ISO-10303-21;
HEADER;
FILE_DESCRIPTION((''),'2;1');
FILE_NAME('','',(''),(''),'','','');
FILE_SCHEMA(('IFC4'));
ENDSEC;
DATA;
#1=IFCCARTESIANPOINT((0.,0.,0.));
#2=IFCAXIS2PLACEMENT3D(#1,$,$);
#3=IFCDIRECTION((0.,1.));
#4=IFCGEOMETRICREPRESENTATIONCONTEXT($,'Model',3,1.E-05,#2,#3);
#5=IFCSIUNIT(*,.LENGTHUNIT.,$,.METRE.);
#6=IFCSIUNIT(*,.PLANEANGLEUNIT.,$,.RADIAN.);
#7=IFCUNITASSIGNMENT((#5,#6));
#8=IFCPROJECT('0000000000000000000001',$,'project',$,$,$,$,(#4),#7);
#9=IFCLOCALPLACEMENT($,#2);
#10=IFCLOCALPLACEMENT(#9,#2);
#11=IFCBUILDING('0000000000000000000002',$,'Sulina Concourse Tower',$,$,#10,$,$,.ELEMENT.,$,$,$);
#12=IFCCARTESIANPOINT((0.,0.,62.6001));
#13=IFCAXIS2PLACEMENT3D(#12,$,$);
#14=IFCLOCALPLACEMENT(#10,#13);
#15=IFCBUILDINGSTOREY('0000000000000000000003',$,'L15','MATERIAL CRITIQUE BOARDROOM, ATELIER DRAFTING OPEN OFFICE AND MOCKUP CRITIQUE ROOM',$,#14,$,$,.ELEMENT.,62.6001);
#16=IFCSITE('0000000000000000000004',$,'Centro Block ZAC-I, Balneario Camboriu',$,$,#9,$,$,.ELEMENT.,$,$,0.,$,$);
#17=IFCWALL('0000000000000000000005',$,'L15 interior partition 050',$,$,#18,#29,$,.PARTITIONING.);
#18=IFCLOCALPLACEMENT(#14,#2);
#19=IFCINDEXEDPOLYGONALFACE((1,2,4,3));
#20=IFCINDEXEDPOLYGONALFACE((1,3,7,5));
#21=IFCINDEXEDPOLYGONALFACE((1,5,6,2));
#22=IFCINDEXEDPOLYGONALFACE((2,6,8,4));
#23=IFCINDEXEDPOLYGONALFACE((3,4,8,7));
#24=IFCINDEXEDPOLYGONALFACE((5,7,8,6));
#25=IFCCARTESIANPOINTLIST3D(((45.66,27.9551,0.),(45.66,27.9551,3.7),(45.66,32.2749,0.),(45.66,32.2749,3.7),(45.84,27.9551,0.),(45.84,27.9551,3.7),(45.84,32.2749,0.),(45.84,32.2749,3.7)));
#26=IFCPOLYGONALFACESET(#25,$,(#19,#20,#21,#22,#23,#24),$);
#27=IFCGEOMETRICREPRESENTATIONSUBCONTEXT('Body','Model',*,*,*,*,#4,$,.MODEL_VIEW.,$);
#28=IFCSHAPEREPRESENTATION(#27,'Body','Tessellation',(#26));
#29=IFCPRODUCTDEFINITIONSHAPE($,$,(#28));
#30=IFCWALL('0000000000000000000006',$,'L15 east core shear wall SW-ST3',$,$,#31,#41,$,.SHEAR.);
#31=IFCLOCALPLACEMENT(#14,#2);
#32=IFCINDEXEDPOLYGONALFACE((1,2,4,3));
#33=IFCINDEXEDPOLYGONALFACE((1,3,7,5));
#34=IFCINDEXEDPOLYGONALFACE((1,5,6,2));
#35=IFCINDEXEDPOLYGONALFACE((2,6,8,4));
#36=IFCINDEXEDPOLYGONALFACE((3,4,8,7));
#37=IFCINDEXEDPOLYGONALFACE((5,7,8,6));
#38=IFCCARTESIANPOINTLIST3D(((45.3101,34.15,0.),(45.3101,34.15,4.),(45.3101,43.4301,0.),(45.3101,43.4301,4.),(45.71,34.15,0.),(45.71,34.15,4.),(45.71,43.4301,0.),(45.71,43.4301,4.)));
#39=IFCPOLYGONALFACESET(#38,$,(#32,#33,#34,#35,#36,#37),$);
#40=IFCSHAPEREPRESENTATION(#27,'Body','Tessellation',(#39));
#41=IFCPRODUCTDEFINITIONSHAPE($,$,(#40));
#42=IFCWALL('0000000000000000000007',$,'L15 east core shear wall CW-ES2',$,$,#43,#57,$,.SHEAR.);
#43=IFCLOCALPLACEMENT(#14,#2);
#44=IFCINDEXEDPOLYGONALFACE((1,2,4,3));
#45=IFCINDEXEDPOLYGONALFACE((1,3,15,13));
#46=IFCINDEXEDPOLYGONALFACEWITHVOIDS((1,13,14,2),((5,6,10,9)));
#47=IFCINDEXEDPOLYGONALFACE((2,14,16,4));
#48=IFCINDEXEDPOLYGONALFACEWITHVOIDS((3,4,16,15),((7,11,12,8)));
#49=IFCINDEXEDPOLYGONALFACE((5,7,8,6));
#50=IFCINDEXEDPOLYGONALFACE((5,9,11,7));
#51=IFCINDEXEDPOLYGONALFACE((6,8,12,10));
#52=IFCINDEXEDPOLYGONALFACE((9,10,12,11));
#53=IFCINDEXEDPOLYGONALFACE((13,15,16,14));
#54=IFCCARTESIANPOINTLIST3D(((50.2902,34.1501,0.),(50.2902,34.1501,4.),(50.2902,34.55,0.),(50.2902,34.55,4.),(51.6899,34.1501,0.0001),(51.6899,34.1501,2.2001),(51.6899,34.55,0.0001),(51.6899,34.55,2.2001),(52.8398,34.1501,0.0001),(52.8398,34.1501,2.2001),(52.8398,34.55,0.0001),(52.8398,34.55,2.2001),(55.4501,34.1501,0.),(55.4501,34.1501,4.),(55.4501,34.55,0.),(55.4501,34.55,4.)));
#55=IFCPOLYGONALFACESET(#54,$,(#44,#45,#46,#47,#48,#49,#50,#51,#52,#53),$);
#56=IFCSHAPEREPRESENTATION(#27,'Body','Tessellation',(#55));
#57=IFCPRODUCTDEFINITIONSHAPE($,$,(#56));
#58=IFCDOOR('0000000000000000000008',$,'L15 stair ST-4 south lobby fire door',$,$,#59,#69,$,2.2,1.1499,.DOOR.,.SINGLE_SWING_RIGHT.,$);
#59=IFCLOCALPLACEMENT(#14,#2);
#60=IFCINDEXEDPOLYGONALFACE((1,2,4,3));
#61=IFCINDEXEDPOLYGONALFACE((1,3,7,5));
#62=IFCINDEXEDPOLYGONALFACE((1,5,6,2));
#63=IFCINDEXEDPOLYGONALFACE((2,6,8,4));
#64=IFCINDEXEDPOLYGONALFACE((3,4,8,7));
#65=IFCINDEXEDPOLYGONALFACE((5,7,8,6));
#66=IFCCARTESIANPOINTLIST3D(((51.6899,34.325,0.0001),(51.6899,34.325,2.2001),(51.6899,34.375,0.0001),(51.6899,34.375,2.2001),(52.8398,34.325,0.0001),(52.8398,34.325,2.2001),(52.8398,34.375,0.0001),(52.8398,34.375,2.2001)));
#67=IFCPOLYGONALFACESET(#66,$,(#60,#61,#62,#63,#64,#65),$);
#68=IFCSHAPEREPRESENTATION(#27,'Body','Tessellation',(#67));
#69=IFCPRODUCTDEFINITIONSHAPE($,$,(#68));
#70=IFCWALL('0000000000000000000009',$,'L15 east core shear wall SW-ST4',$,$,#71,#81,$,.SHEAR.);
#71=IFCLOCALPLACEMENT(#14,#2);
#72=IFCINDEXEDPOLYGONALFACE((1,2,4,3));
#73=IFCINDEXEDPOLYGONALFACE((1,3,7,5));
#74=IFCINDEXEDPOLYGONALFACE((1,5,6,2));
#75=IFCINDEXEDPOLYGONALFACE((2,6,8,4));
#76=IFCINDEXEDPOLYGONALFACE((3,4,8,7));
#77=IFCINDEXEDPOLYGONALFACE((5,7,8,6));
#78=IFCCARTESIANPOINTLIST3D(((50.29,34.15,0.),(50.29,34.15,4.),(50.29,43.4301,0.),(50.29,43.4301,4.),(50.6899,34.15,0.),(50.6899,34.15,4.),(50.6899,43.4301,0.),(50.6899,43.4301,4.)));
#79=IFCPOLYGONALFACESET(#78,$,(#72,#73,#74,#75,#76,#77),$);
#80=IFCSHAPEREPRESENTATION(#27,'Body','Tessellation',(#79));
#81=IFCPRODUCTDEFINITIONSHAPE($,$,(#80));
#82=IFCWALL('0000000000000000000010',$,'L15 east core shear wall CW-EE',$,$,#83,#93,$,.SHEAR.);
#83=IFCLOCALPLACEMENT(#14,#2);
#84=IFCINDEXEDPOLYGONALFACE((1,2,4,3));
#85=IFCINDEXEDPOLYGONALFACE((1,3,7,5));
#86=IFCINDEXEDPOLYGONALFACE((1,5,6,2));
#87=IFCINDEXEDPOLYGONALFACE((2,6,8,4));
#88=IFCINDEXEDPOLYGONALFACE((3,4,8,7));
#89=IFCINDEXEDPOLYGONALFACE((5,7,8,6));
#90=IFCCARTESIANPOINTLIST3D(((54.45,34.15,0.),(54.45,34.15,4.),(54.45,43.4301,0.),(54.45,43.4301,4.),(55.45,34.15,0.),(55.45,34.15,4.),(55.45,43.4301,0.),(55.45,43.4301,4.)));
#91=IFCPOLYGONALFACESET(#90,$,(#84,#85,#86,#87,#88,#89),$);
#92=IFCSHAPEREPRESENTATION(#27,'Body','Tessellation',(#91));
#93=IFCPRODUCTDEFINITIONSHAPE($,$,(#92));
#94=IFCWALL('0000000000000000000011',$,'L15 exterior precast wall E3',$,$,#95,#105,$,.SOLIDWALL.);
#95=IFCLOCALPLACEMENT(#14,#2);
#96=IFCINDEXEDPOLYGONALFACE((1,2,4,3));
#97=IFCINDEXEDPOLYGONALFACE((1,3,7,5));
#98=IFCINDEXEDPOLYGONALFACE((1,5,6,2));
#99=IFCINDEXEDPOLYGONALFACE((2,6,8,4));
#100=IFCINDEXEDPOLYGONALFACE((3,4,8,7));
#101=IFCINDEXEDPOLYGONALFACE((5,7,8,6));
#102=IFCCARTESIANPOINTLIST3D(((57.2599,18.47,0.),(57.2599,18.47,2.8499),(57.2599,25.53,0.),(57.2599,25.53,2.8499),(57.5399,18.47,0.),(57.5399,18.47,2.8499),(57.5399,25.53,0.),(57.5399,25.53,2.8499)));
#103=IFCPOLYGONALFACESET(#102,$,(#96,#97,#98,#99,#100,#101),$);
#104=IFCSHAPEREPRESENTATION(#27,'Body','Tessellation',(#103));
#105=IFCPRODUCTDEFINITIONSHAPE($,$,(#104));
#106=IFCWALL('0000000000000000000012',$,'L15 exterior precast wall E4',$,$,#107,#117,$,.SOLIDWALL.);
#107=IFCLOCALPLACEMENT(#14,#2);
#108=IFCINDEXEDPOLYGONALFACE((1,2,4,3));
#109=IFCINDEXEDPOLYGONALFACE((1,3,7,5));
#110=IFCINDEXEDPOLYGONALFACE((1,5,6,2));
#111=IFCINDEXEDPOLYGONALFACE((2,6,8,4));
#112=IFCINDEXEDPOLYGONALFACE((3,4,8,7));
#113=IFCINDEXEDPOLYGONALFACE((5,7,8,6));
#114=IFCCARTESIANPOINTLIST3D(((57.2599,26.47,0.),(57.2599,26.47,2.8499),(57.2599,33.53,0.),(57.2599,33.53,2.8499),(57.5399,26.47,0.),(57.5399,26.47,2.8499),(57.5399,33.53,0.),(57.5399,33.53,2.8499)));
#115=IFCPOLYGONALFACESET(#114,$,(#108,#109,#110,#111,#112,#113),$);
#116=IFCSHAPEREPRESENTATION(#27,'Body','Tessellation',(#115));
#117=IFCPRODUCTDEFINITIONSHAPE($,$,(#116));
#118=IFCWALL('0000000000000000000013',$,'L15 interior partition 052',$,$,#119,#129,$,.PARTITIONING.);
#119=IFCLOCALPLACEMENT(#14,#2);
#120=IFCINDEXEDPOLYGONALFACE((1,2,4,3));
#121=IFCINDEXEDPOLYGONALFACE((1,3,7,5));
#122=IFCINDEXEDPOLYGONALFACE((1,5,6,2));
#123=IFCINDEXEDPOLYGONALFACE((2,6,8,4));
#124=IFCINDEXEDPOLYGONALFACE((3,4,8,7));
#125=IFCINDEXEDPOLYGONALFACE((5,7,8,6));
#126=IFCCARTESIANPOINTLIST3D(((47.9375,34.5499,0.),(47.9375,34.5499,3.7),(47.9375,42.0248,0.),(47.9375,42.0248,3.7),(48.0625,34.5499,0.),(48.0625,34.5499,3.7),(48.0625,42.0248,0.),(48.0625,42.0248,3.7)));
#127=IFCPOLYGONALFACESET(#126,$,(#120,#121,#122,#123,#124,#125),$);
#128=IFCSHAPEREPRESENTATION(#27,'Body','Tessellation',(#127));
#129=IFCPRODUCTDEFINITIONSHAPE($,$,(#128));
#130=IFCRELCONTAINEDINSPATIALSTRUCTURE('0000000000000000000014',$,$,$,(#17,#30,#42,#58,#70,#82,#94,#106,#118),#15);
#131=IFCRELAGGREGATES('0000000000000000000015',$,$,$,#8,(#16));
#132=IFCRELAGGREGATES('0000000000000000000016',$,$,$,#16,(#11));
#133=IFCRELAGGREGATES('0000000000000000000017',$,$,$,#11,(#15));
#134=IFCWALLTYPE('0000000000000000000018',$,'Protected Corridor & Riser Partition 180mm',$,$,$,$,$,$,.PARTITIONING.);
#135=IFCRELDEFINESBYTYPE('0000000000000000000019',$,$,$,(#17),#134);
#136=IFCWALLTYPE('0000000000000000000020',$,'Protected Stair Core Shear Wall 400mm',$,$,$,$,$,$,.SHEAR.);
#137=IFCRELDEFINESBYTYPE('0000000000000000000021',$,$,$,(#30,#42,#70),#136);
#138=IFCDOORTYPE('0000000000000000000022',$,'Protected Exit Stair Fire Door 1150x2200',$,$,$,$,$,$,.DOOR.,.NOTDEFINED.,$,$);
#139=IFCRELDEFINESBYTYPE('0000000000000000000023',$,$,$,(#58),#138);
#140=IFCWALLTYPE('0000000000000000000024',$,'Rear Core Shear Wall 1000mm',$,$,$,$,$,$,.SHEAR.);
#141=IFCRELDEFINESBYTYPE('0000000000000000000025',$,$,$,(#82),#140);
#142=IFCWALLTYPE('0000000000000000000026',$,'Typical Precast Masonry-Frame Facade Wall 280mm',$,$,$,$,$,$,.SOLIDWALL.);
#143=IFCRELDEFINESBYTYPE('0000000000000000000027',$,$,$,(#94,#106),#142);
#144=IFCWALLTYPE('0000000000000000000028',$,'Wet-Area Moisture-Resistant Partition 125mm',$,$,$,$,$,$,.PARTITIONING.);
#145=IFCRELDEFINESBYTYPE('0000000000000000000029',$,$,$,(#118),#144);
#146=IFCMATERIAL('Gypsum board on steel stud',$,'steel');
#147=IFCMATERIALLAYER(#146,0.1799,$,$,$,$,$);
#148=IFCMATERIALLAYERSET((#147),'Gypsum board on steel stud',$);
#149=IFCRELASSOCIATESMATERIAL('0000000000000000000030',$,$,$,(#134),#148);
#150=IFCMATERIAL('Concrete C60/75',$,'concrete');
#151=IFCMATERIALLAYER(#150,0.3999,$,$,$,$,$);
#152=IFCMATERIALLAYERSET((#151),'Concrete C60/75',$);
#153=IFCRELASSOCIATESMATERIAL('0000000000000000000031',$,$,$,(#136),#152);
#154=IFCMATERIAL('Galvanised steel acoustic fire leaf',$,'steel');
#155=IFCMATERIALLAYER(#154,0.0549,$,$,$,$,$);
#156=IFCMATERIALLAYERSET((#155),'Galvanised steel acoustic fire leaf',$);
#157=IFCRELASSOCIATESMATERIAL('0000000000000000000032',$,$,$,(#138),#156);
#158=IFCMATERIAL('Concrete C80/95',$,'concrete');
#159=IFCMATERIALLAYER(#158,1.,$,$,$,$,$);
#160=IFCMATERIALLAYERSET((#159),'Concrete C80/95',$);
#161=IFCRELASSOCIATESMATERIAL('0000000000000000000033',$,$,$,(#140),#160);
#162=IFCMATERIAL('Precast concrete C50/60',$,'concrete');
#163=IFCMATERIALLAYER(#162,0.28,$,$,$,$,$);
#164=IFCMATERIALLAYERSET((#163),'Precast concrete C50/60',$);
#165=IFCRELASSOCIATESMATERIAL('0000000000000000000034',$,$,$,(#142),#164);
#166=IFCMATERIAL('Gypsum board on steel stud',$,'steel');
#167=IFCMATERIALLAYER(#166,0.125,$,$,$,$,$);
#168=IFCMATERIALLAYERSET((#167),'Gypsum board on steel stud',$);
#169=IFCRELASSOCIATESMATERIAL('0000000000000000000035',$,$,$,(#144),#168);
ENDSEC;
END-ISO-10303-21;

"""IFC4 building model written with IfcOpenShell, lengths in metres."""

from ifc_helpers import new_model, si_unit, direction, frame, frame_2d, origin, place, context, subcontext, project, spatial, rectangle, extrude, material, layer, layer_set, type_object, element, fill, save


model = new_model("IFC4")

# Units and contexts
model_context = context("Model", 3, precision=1e-05, world=origin(), true_north=direction((0.0, 1.0)))
body_context = subcontext(model_context, "Body", "Model", "MODEL_VIEW")
ifc_project = project(units=[si_unit("LENGTHUNIT", "METRE"), si_unit("PLANEANGLEUNIT", "RADIAN")], contexts=[model_context])

# Site, building, storey
site_placement = place(None, origin())
site = spatial("IfcSite", under=ifc_project, at=site_placement, Name="Centro Block ZAC-I, Balneario Camboriu", CompositionType="ELEMENT", RefElevation=0.0)
building_placement = place(site_placement, origin())
building = spatial("IfcBuilding", under=site, at=building_placement, Name="Sulina Concourse Tower", CompositionType="ELEMENT")
storey_placement = place(building_placement, frame((0.0, 0.0, 62.6001)))
storey = spatial("IfcBuildingStorey", under=building, at=storey_placement, Name="L15", Description="MATERIAL CRITIQUE BOARDROOM, ATELIER DRAFTING OPEN OFFICE AND MOCKUP CRITIQUE ROOM", CompositionType="ELEMENT", Elevation=62.6001)

# Walls
ifc_material_1 = material(Name="Gypsum board on steel stud", Category="steel")
ifc_layer_1 = layer(ifc_material_1, 0.1799)
ifc_layer_set_1 = layer_set([ifc_layer_1], Name="Gypsum board on steel stud")
wall_type_1 = type_object("IfcWallType", Name="Protected Corridor & Riser Partition 180mm", PredefinedType="PARTITIONING", material=ifc_layer_set_1)
wall_1_placement = place(storey_placement, frame((45.75, 27.9551, 0.0), z_axis=(0.0, 0.0, 1.0), x_axis=(0.0, 1.0, 0.0)))
element("IfcWall", 1, at=wall_1_placement, inside=storey, type_object=wall_type_1, Name="L15 interior partition 050", PredefinedType="PARTITIONING", context=body_context, shape_type="SweptSolid", body=[
    extrude(rectangle(XDim=4.3198, YDim=0.1799, at=frame_2d((2.1599, 0.0))), origin(), (0.0, 0.0, 1.0), 3.7),
])
ifc_material_2 = material(Name="Concrete C60/75", Category="concrete")
ifc_layer_2 = layer(ifc_material_2, 0.3999)
ifc_layer_set_2 = layer_set([ifc_layer_2], Name="Concrete C60/75")
wall_type_2 = type_object("IfcWallType", Name="Protected Stair Core Shear Wall 400mm", PredefinedType="SHEAR", material=ifc_layer_set_2)
wall_2_placement = place(storey_placement, frame((45.51, 34.1499, 0.0), z_axis=(0.0, 0.0, 1.0), x_axis=(0.0, 1.0, 0.0)))
element("IfcWall", 2, at=wall_2_placement, inside=storey, type_object=wall_type_2, Name="L15 east core shear wall SW-ST3", PredefinedType="SHEAR", context=body_context, shape_type="SweptSolid", body=[
    extrude(rectangle(XDim=9.28, YDim=0.3999, at=frame_2d((4.6401, 0.0))), origin(), (0.0, 0.0, 1.0), 4.0),
])

# Wall, opening, door
wall_3_placement = place(storey_placement, frame((50.29, 34.3501, 0.0), z_axis=(0.0, 0.0, 1.0), x_axis=(1.0, 0.0, 0.0)))
wall_3 = element("IfcWall", 3, at=wall_3_placement, inside=storey, type_object=wall_type_2, Name="L15 east core shear wall CW-ES2", PredefinedType="SHEAR", context=body_context, shape_type="SweptSolid", body=[
    extrude(rectangle(XDim=5.1599, YDim=0.3999, at=frame_2d((2.5801, 0.0))), origin(), (0.0, 0.0, 1.0), 4.0),
])
opening_1_placement = place(wall_3_placement, frame((1.3999, 0.0, 0.0)))
opening_1 = element("IfcOpeningElement", 4, at=opening_1_placement, cuts=wall_3, PredefinedType="OPENING", context=body_context, shape_type="SweptSolid", body=[
    extrude(rectangle(XDim=1.1499, YDim=2.2, at=frame_2d((0.575, 1.1001))), frame((0.0, 0.21, 0.0), z_axis=(0.0, -1.0, 0.0), x_axis=(1.0, 0.0, 0.0)), (0.0, 0.0, 1.0), 0.4199),
])
ifc_material_3 = material(Name="Galvanised steel acoustic fire leaf", Category="steel")
ifc_layer_3 = layer(ifc_material_3, 0.0549)
ifc_layer_set_3 = layer_set([ifc_layer_3], Name="Galvanised steel acoustic fire leaf")
door_type_1 = type_object("IfcDoorType", Name="Protected Exit Stair Fire Door 1150x2200", OperationType="NOTDEFINED", PredefinedType="DOOR", material=ifc_layer_set_3)
door_1_placement = place(opening_1_placement, origin())
door_1 = element("IfcDoor", 5, at=door_1_placement, inside=storey, type_object=door_type_1, Name="L15 stair ST-4 south lobby fire door", OperationType="SINGLE_SWING_RIGHT", OverallHeight=2.2, OverallWidth=1.1499, PredefinedType="DOOR", context=body_context, shape_type="SweptSolid", body=[
    extrude(rectangle(XDim=1.1499, YDim=2.2, at=frame_2d((0.575, 1.1001))), frame((0.0, 0.0249, 0.0), z_axis=(0.0, -1.0, 0.0), x_axis=(1.0, 0.0, 0.0)), (0.0, 0.0, 1.0), 0.05),
])
fill(opening_1, door_1)

# Walls
wall_4_placement = place(storey_placement, frame((50.49, 34.1499, 0.0), z_axis=(0.0, 0.0, 1.0), x_axis=(0.0, 1.0, 0.0)))
element("IfcWall", 6, at=wall_4_placement, inside=storey, type_object=wall_type_2, Name="L15 east core shear wall SW-ST4", PredefinedType="SHEAR", context=body_context, shape_type="SweptSolid", body=[
    extrude(rectangle(XDim=9.28, YDim=0.3999, at=frame_2d((4.6401, 0.0))), origin(), (0.0, 0.0, 1.0), 4.0),
])
ifc_material_4 = material(Name="Concrete C80/95", Category="concrete")
ifc_layer_4 = layer(ifc_material_4, 1.0)
ifc_layer_set_4 = layer_set([ifc_layer_4], Name="Concrete C80/95")
wall_type_3 = type_object("IfcWallType", Name="Rear Core Shear Wall 1000mm", PredefinedType="SHEAR", material=ifc_layer_set_4)
wall_5_placement = place(storey_placement, frame((54.95, 34.1499, 0.0), z_axis=(0.0, 0.0, 1.0), x_axis=(0.0, 1.0, 0.0)))
element("IfcWall", 7, at=wall_5_placement, inside=storey, type_object=wall_type_3, Name="L15 east core shear wall CW-EE", PredefinedType="SHEAR", context=body_context, shape_type="SweptSolid", body=[
    extrude(rectangle(XDim=9.28, YDim=1.0, at=frame_2d((4.6401, 0.0))), origin(), (0.0, 0.0, 1.0), 4.0),
])
ifc_material_5 = material(Name="Precast concrete C50/60", Category="concrete")
ifc_layer_5 = layer(ifc_material_5, 0.28)
ifc_layer_set_5 = layer_set([ifc_layer_5], Name="Precast concrete C50/60")
wall_type_4 = type_object("IfcWallType", Name="Typical Precast Masonry-Frame Facade Wall 280mm", PredefinedType="SOLIDWALL", material=ifc_layer_set_5)
for number, where, z_axis, x_axis, name in (
    (8, (57.3999, 25.53, 0.0), (0.0, 0.0, 1.0), (0.0, -1.0, 0.0), "L15 exterior precast wall E3"),
    (9, (57.3999, 33.53, 0.0), (0.0, 0.0, 1.0), (0.0, -1.0, 0.0), "L15 exterior precast wall E4"),
):
    element("IfcWall", number, at=place(storey_placement, frame(where, z_axis=z_axis, x_axis=x_axis)), inside=storey, type_object=wall_type_4, Name=name, PredefinedType="SOLIDWALL", context=body_context, shape_type="SweptSolid", body=[
        extrude(rectangle(XDim=7.0601, YDim=0.28, at=frame_2d((3.53, 0.0))), origin(), (0.0, 0.0, 1.0), 2.8499),
    ])
ifc_material_6 = material(Name="Gypsum board on steel stud", Category="steel")
ifc_layer_6 = layer(ifc_material_6, 0.125)
ifc_layer_set_6 = layer_set([ifc_layer_6], Name="Gypsum board on steel stud")
wall_type_5 = type_object("IfcWallType", Name="Wet-Area Moisture-Resistant Partition 125mm", PredefinedType="PARTITIONING", material=ifc_layer_set_6)
wall_6_placement = place(storey_placement, frame((48.0, 34.55, 0.0), z_axis=(0.0, 0.0, 1.0), x_axis=(0.0, 1.0, 0.0)))
element("IfcWall", 10, at=wall_6_placement, inside=storey, type_object=wall_type_5, Name="L15 interior partition 052", PredefinedType="PARTITIONING", context=body_context, shape_type="SweptSolid", body=[
    extrude(rectangle(XDim=7.4749, YDim=0.125, at=frame_2d((3.7373, 0.0))), origin(), (0.0, 0.0, 1.0), 3.7),
])

save(model, "model.ifc")
